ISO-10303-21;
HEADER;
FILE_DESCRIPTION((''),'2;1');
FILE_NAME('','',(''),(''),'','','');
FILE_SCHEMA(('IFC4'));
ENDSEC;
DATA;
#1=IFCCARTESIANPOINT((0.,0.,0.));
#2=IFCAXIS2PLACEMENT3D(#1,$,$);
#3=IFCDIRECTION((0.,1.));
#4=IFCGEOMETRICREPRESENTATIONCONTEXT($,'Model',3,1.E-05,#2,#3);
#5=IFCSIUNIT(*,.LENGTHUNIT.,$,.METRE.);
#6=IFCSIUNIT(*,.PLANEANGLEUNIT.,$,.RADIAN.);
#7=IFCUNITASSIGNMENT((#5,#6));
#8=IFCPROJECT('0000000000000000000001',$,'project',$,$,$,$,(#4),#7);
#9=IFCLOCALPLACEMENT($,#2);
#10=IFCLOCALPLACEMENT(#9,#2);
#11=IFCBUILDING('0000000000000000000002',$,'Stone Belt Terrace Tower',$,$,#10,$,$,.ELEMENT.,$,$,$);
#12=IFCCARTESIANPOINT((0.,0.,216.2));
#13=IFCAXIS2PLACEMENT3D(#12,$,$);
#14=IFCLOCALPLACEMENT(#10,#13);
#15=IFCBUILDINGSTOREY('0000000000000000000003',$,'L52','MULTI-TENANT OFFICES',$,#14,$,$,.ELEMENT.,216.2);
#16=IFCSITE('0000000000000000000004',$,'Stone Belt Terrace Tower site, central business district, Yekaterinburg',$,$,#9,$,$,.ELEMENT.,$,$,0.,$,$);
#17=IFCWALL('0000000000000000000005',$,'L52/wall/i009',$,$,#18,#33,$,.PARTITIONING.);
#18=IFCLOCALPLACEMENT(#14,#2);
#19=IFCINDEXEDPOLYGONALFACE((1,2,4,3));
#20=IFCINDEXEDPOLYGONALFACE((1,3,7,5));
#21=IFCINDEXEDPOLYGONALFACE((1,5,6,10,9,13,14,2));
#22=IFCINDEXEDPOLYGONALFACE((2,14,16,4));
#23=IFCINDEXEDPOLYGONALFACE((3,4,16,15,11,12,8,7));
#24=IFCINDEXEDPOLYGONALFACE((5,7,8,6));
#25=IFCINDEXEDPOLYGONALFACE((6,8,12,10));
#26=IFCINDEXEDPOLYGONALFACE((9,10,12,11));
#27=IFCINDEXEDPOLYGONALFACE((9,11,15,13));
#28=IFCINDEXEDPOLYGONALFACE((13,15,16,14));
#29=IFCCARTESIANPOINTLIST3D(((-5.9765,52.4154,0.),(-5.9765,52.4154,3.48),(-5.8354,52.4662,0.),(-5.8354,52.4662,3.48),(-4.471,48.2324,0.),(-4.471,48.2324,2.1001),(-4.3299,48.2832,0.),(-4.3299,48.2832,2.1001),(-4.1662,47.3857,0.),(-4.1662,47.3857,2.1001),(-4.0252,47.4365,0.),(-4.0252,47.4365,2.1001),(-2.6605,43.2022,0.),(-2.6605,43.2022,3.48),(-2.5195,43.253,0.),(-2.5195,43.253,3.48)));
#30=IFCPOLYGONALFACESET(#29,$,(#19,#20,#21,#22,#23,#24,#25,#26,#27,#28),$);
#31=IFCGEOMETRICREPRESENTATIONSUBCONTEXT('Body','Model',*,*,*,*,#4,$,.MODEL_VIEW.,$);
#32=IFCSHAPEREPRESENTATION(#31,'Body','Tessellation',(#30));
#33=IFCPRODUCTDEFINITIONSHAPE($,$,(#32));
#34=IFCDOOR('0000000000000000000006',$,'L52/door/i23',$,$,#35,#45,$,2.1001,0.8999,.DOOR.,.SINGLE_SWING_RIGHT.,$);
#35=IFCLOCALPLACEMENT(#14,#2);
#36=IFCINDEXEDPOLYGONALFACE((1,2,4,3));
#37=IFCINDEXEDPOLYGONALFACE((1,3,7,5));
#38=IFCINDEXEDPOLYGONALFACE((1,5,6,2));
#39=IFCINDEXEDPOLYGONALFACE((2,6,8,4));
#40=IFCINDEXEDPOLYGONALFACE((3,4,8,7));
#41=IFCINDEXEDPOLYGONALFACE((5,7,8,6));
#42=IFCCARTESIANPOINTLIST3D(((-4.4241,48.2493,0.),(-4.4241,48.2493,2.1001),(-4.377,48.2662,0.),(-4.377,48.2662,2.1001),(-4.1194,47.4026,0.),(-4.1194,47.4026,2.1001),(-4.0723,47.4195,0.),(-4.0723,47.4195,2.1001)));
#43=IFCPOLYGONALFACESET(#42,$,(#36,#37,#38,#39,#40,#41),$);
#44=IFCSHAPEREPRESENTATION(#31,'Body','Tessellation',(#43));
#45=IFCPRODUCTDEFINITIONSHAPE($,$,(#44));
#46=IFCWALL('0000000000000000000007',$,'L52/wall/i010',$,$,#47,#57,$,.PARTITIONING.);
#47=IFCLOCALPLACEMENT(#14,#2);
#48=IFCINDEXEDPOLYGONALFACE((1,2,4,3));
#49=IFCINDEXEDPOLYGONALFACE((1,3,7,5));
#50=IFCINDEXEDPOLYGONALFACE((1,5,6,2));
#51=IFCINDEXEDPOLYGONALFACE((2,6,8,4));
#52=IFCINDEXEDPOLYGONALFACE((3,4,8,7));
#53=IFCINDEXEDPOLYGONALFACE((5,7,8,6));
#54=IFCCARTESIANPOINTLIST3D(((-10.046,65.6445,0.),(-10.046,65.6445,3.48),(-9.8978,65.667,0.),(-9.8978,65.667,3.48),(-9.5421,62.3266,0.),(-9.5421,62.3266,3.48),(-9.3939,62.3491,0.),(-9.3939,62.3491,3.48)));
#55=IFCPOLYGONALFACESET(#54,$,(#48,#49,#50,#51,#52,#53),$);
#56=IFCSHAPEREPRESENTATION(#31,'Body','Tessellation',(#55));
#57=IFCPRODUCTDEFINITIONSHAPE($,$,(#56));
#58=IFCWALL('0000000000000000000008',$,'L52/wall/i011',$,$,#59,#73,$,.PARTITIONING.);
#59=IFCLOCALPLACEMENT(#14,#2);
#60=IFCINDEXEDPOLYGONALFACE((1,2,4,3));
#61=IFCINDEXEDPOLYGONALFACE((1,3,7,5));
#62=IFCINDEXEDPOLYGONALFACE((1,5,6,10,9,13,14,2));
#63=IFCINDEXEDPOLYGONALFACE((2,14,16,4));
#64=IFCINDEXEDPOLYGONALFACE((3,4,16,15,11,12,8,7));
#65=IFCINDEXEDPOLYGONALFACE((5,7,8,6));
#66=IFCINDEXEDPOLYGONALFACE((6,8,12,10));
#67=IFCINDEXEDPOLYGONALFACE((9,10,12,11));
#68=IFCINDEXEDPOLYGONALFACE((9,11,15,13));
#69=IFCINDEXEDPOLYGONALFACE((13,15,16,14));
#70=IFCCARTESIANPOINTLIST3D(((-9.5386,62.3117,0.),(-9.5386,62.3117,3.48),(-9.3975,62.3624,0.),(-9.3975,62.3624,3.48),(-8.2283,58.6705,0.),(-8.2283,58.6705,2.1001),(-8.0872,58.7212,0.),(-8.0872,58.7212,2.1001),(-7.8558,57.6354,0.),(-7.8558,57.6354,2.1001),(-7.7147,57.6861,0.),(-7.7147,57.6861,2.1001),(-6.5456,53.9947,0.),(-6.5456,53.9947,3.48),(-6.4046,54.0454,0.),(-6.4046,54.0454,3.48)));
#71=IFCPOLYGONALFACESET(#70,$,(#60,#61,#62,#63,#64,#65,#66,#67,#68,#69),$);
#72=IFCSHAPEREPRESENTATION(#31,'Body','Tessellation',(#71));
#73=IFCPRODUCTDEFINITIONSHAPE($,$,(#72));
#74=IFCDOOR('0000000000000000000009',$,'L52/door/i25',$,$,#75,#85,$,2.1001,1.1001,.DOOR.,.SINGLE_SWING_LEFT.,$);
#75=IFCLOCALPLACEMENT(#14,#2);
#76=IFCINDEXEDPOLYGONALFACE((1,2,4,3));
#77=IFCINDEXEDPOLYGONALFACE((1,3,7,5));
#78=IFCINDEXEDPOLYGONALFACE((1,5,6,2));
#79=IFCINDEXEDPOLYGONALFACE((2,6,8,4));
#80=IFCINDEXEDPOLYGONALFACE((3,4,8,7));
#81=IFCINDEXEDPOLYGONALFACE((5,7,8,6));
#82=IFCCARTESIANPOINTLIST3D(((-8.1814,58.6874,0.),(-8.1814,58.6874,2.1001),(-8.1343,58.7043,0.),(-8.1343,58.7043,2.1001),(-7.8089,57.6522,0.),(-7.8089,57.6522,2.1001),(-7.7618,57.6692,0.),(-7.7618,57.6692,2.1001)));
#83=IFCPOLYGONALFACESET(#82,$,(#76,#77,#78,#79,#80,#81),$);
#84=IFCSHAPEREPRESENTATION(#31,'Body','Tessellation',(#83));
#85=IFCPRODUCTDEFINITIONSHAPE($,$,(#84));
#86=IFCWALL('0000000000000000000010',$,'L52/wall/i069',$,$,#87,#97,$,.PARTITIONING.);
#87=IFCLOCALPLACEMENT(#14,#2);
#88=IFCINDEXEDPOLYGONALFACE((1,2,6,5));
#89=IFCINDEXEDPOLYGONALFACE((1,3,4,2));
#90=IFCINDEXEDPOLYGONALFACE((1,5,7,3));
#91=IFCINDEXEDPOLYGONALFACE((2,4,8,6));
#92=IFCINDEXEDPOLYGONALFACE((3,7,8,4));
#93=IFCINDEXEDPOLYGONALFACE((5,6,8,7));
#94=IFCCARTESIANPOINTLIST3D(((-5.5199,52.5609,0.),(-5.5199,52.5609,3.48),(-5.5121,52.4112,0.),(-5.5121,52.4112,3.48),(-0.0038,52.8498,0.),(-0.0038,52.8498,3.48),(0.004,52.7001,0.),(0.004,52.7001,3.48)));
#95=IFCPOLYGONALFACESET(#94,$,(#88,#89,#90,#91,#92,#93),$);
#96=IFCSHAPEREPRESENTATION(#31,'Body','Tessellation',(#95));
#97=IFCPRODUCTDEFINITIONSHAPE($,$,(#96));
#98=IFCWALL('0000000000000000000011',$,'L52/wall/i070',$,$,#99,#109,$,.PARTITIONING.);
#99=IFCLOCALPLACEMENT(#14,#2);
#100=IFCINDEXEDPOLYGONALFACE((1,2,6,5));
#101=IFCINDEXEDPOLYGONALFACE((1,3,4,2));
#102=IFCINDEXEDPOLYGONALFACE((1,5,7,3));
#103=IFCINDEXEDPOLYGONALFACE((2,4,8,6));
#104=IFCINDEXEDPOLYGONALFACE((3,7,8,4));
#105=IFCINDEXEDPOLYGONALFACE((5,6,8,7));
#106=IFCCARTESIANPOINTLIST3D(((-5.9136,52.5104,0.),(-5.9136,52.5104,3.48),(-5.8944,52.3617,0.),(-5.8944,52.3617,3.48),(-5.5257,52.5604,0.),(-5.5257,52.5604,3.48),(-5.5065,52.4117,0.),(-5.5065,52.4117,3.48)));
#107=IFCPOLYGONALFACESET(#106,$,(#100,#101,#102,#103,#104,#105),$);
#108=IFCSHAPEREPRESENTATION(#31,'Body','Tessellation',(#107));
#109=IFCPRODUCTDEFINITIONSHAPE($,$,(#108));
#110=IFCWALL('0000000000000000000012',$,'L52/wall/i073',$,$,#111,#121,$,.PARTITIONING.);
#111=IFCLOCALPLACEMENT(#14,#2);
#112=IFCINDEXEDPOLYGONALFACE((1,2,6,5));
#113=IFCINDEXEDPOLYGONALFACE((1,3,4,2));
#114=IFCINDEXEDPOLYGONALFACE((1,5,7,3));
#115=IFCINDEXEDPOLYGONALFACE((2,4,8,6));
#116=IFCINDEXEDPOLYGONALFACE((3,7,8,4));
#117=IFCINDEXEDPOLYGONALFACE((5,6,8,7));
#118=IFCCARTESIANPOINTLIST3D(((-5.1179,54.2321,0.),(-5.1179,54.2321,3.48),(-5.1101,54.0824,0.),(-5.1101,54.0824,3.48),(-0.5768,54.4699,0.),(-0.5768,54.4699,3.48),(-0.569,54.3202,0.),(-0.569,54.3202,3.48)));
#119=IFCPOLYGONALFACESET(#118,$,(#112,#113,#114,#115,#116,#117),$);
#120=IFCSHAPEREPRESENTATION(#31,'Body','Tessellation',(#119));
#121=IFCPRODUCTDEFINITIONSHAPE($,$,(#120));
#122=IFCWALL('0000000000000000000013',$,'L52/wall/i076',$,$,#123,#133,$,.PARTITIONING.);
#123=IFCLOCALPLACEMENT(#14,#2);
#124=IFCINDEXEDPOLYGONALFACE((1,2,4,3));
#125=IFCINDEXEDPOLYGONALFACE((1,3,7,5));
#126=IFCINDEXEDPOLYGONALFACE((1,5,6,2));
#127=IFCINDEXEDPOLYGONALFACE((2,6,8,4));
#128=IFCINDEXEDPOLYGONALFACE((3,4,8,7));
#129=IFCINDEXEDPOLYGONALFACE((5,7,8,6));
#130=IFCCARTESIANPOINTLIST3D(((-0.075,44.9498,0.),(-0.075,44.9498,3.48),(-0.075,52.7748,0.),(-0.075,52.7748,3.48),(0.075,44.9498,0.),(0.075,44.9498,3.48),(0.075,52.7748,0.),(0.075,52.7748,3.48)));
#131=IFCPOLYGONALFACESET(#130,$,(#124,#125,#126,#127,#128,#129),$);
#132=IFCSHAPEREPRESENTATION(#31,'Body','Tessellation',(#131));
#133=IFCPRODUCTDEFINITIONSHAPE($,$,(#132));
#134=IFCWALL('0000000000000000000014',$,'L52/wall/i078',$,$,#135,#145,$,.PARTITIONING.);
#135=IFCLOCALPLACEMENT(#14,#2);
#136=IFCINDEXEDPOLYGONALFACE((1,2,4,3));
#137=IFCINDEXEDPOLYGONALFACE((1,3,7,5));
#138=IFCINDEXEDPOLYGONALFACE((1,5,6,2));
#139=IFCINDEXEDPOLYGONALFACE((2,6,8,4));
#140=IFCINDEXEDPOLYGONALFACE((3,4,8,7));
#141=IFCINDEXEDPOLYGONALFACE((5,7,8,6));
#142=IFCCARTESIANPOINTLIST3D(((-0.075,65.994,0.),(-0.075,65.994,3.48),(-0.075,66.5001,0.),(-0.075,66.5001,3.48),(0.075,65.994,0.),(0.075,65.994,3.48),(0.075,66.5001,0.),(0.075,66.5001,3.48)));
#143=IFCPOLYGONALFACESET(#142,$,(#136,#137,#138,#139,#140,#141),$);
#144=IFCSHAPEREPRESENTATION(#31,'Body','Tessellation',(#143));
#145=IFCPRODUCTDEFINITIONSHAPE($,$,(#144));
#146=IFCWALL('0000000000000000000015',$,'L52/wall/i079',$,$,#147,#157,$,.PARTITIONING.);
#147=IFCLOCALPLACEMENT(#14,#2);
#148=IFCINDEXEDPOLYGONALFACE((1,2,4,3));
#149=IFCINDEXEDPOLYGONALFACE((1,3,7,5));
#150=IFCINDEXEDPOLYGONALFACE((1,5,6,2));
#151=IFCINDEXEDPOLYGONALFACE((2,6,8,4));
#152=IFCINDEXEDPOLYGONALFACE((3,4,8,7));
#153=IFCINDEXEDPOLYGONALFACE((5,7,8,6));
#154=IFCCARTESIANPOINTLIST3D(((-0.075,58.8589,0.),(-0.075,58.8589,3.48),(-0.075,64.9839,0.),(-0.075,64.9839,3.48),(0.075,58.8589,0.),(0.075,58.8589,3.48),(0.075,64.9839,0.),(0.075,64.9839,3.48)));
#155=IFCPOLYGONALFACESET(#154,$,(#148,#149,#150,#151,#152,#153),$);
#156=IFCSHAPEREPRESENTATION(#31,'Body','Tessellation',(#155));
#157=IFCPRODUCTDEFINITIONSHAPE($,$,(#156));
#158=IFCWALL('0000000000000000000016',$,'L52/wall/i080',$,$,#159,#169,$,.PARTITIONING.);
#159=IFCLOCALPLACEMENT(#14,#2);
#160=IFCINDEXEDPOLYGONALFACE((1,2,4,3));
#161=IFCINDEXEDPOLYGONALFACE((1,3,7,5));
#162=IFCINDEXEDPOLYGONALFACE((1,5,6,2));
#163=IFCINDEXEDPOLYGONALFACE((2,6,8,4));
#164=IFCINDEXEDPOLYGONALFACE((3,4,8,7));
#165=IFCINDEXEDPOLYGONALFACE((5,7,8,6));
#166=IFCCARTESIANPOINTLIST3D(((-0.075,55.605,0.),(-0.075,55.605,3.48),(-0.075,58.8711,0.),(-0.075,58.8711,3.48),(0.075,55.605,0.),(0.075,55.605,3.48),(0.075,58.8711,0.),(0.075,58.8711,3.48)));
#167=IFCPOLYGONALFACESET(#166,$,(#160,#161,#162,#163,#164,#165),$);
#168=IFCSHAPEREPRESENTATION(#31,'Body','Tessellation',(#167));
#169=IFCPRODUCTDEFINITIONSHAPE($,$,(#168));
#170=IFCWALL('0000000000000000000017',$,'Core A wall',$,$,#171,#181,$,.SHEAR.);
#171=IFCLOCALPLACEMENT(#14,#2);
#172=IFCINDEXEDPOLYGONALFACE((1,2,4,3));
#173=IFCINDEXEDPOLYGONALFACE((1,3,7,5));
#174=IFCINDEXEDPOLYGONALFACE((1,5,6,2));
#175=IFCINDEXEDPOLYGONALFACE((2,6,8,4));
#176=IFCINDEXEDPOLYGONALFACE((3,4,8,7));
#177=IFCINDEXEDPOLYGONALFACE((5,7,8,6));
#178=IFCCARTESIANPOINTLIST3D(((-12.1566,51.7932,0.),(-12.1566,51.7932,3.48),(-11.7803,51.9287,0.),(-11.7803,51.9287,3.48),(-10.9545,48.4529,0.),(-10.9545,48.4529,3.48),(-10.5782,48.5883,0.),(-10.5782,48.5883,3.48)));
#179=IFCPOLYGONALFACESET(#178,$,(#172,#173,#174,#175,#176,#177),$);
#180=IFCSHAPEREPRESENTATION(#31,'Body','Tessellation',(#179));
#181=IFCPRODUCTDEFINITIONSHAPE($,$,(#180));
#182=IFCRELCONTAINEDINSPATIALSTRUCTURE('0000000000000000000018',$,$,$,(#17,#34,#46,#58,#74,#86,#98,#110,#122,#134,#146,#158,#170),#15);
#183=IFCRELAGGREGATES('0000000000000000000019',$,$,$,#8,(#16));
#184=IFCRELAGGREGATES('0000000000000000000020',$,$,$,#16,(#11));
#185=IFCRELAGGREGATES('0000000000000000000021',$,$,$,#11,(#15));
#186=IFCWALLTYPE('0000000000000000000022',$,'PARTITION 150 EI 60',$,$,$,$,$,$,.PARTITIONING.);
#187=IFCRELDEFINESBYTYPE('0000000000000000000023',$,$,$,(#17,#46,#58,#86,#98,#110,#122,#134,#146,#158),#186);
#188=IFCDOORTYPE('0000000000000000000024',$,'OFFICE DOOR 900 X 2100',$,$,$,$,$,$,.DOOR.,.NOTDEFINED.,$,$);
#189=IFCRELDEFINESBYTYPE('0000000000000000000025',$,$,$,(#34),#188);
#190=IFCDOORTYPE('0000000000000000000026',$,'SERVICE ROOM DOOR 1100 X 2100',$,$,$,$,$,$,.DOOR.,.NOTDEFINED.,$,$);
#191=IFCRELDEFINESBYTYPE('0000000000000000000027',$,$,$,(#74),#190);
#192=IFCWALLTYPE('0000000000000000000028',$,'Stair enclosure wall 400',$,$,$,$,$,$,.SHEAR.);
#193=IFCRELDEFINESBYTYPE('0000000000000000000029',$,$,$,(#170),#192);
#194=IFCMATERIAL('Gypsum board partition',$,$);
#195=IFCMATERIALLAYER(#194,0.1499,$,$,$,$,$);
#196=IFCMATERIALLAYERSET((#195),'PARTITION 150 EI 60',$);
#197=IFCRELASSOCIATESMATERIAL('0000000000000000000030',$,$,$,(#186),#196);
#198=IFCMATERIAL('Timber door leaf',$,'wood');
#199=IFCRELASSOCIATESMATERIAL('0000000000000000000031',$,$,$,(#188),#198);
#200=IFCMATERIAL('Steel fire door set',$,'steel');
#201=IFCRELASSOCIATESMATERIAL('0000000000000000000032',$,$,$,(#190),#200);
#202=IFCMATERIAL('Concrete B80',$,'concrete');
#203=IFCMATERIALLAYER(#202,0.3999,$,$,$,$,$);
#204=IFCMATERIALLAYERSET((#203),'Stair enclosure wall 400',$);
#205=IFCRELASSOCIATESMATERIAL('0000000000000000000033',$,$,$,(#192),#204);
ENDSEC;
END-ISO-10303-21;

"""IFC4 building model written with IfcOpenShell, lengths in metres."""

from ifc_helpers import new_model, si_unit, direction, frame, frame_2d, origin, place, context, subcontext, project, spatial, rectangle, extrude, material, layer, layer_set, type_object, element, fill, save


model = new_model("IFC4")

# Units and contexts
model_context = context("Model", 3, precision=1e-05, world=origin(), true_north=direction((0.0, 1.0)))
body_context = subcontext(model_context, "Body", "Model", "MODEL_VIEW")
ifc_project = project(units=[si_unit("LENGTHUNIT", "METRE"), si_unit("PLANEANGLEUNIT", "RADIAN")], contexts=[model_context])

# Site, building, storey
site_placement = place(None, origin())
site = spatial("IfcSite", under=ifc_project, at=site_placement, Name="Stone Belt Terrace Tower site, central business district, Yekaterinburg", CompositionType="ELEMENT", RefElevation=0.0)
building_placement = place(site_placement, origin())
building = spatial("IfcBuilding", under=site, at=building_placement, Name="Stone Belt Terrace Tower", CompositionType="ELEMENT")
storey_placement = place(building_placement, frame((0.0, 0.0, 216.2)))
storey = spatial("IfcBuildingStorey", under=building, at=storey_placement, Name="L52", Description="MULTI-TENANT OFFICES", CompositionType="ELEMENT", Elevation=216.2)

# Shared definitions
ifc_material_1 = material(Name="Timber door leaf", Category="wood")

# Wall, opening, door
ifc_material_2 = material(Name="Gypsum board partition")
ifc_layer_1 = layer(ifc_material_2, 0.1499)
ifc_layer_set_1 = layer_set([ifc_layer_1], Name="PARTITION 150 EI 60")
wall_type_1 = type_object("IfcWallType", Name="PARTITION 150 EI 60", PredefinedType="PARTITIONING", material=ifc_layer_set_1)
wall_1_placement = place(storey_placement, frame((-5.906, 52.4409, 0.0), z_axis=(0.0, 0.0, 1.0), x_axis=(0.338646, -0.940914, 0.0)))
wall_1 = element("IfcWall", 1, at=wall_1_placement, inside=storey, type_object=wall_type_1, Name="L52/wall/i009", PredefinedType="PARTITIONING", context=body_context, shape_type="SweptSolid", body=[
    extrude(rectangle(XDim=9.7917, YDim=0.1499, at=frame_2d((4.896, 0.0))), origin(), (0.0, 0.0, 1.0), 3.48),
])
opening_1_placement = place(wall_1_placement, frame((4.4458, 0.0, 0.0)))
opening_1 = element("IfcOpeningElement", 2, at=opening_1_placement, cuts=wall_1, PredefinedType="OPENING", context=body_context, shape_type="SweptSolid", body=[
    extrude(rectangle(XDim=0.8999, YDim=2.1001, at=frame_2d((0.45, 1.05))), frame((0.0, 0.085, 0.0), z_axis=(0.0, -1.0, 0.0), x_axis=(1.0, 0.0, 0.0)), (0.0, 0.0, 1.0), 0.1699),
])
door_type_1 = type_object("IfcDoorType", Name="OFFICE DOOR 900 X 2100", OperationType="NOTDEFINED", PredefinedType="DOOR", material=ifc_material_1)
door_1_placement = place(opening_1_placement, origin())
door_1 = element("IfcDoor", 3, at=door_1_placement, inside=storey, type_object=door_type_1, Name="L52/door/i23", OperationType="SINGLE_SWING_RIGHT", OverallHeight=2.1001, OverallWidth=0.8999, PredefinedType="DOOR", context=body_context, shape_type="SweptSolid", body=[
    extrude(rectangle(XDim=0.8999, YDim=2.1001, at=frame_2d((0.45, 1.05))), frame((0.0, 0.0249, 0.0), z_axis=(0.0, -1.0, 0.0), x_axis=(1.0, 0.0, 0.0)), (0.0, 0.0, 1.0), 0.05),
])
fill(opening_1, door_1)

# Wall
wall_2_placement = place(storey_placement, frame((-9.9719, 65.6558, 0.0), z_axis=(0.0, 0.0, 1.0), x_axis=(0.150154, -0.988663, 0.0)))
element("IfcWall", 4, at=wall_2_placement, inside=storey, type_object=wall_type_1, Name="L52/wall/i010", PredefinedType="PARTITIONING", context=body_context, shape_type="SweptSolid", body=[
    extrude(rectangle(XDim=3.356, YDim=0.1499, at=frame_2d((1.678, 0.0))), origin(), (0.0, 0.0, 1.0), 3.48),
])

# Wall, opening, door
wall_3_placement = place(storey_placement, frame((-9.468, 62.3369, 0.0), z_axis=(0.0, 0.0, 1.0), x_axis=(0.338603, -0.940929, 0.0)))
wall_3 = element("IfcWall", 5, at=wall_3_placement, inside=storey, type_object=wall_type_1, Name="L52/wall/i011", PredefinedType="PARTITIONING", context=body_context, shape_type="SweptSolid", body=[
    extrude(rectangle(XDim=8.8391, YDim=0.1499, at=frame_2d((4.4194, 0.0))), origin(), (0.0, 0.0, 1.0), 3.48),
])
opening_2_placement = place(wall_3_placement, frame((3.8696, 0.0, 0.0)))
opening_2 = element("IfcOpeningElement", 6, at=opening_2_placement, cuts=wall_3, PredefinedType="OPENING", context=body_context, shape_type="SweptSolid", body=[
    extrude(rectangle(XDim=1.1001, YDim=2.1001, at=frame_2d((0.55, 1.05))), frame((0.0, 0.085, 0.0), z_axis=(0.0, -1.0, 0.0), x_axis=(1.0, 0.0, 0.0)), (0.0, 0.0, 1.0), 0.1699),
])
ifc_material_3 = material(Name="Steel fire door set", Category="steel")
door_type_2 = type_object("IfcDoorType", Name="SERVICE ROOM DOOR 1100 X 2100", OperationType="NOTDEFINED", PredefinedType="DOOR", material=ifc_material_3)
door_2_placement = place(opening_2_placement, origin())
door_2 = element("IfcDoor", 7, at=door_2_placement, inside=storey, type_object=door_type_2, Name="L52/door/i25", OperationType="SINGLE_SWING_LEFT", OverallHeight=2.1001, OverallWidth=1.1001, PredefinedType="DOOR", context=body_context, shape_type="SweptSolid", body=[
    extrude(rectangle(XDim=1.1001, YDim=2.1001, at=frame_2d((0.55, 1.05))), frame((0.0, 0.0249, 0.0), z_axis=(0.0, -1.0, 0.0), x_axis=(1.0, 0.0, 0.0)), (0.0, 0.0, 1.0), 0.05),
])
fill(opening_2, door_2)

# Walls
wall_4_placement = place(storey_placement, frame((0.0, 52.7749, 0.0), z_axis=(0.0, 0.0, 1.0), x_axis=(-0.998632, -0.052287, 0.0)))
element("IfcWall", 8, at=wall_4_placement, inside=storey, type_object=wall_type_1, Name="L52/wall/i069", PredefinedType="PARTITIONING", context=body_context, shape_type="SweptSolid", body=[
    extrude(rectangle(XDim=5.5237, YDim=0.1499, at=frame_2d((2.7617, 0.0))), origin(), (0.0, 0.0, 1.0), 3.48),
])
wall_5_placement = place(storey_placement, frame((-5.5161, 52.4861, 0.0), z_axis=(0.0, 0.0, 1.0), x_axis=(-0.99178, -0.127952, 0.0)))
element("IfcWall", 9, at=wall_5_placement, inside=storey, type_object=wall_type_1, Name="L52/wall/i070", PredefinedType="PARTITIONING", context=body_context, shape_type="SweptSolid", body=[
    extrude(rectangle(XDim=0.3911, YDim=0.1499, at=frame_2d((0.1956, 0.0))), origin(), (0.0, 0.0, 1.0), 3.48),
])
wall_6_placement = place(storey_placement, frame((-5.114, 54.1572, 0.0), z_axis=(0.0, 0.0, 1.0), x_axis=(0.998632, 0.052291, 0.0)))
element("IfcWall", 10, at=wall_6_placement, inside=storey, type_object=wall_type_1, Name="L52/wall/i073", PredefinedType="PARTITIONING", context=body_context, shape_type="SweptSolid", body=[
    extrude(rectangle(XDim=4.5474, YDim=0.1499, at=frame_2d((2.2737, 0.0))), origin(), (0.0, 0.0, 1.0), 3.48),
])
wall_7_placement = place(storey_placement, frame((0.0, 52.7749, 0.0), z_axis=(0.0, 0.0, 1.0), x_axis=(0.0, -1.0, 0.0)))
element("IfcWall", 11, at=wall_7_placement, inside=storey, type_object=wall_type_1, Name="L52/wall/i076", PredefinedType="PARTITIONING", context=body_context, shape_type="SweptSolid", body=[
    extrude(rectangle(XDim=7.825, YDim=0.1499, at=frame_2d((3.9126, 0.0))), origin(), (0.0, 0.0, 1.0), 3.48),
])
wall_8_placement = place(storey_placement, frame((0.0, 66.5, 0.0), z_axis=(0.0, 0.0, 1.0), x_axis=(0.0, -1.0, 0.0)))
element("IfcWall", 12, at=wall_8_placement, inside=storey, type_object=wall_type_1, Name="L52/wall/i078", PredefinedType="PARTITIONING", context=body_context, shape_type="SweptSolid", body=[
    extrude(rectangle(XDim=0.5061, YDim=0.1499, at=frame_2d((0.2529, 0.0))), origin(), (0.0, 0.0, 1.0), 3.48),
])
wall_9_placement = place(storey_placement, frame((0.0, 64.9839, 0.0), z_axis=(0.0, 0.0, 1.0), x_axis=(0.0, -1.0, 0.0)))
element("IfcWall", 13, at=wall_9_placement, inside=storey, type_object=wall_type_1, Name="L52/wall/i079", PredefinedType="PARTITIONING", context=body_context, shape_type="SweptSolid", body=[
    extrude(rectangle(XDim=6.125, YDim=0.1499, at=frame_2d((3.0625, 0.0))), origin(), (0.0, 0.0, 1.0), 3.48),
])
wall_10_placement = place(storey_placement, frame((0.0, 58.8711, 0.0), z_axis=(0.0, 0.0, 1.0), x_axis=(0.0, -1.0, 0.0)))
element("IfcWall", 14, at=wall_10_placement, inside=storey, type_object=wall_type_1, Name="L52/wall/i080", PredefinedType="PARTITIONING", context=body_context, shape_type="SweptSolid", body=[
    extrude(rectangle(XDim=3.2661, YDim=0.1499, at=frame_2d((1.6331, 0.0))), origin(), (0.0, 0.0, 1.0), 3.48),
])
ifc_material_4 = material(Name="Concrete B80", Category="concrete")
ifc_layer_2 = layer(ifc_material_4, 0.3999)
ifc_layer_set_2 = layer_set([ifc_layer_2], Name="Stair enclosure wall 400")
wall_type_2 = type_object("IfcWallType", Name="Stair enclosure wall 400", PredefinedType="SHEAR", material=ifc_layer_set_2)
wall_11_placement = place(storey_placement, frame((-10.7664, 48.5208, 0.0), z_axis=(0.0, 0.0, 1.0), x_axis=(-0.338627, 0.940921, 0.0)))
element("IfcWall", 15, at=wall_11_placement, inside=storey, type_object=wall_type_2, Name="Core A wall", PredefinedType="SHEAR", context=body_context, shape_type="SweptSolid", body=[
    extrude(rectangle(XDim=3.55, YDim=0.3999, at=frame_2d((1.7749, 0.0))), origin(), (0.0, 0.0, 1.0), 3.48),
])

save(model, "model.ifc")
